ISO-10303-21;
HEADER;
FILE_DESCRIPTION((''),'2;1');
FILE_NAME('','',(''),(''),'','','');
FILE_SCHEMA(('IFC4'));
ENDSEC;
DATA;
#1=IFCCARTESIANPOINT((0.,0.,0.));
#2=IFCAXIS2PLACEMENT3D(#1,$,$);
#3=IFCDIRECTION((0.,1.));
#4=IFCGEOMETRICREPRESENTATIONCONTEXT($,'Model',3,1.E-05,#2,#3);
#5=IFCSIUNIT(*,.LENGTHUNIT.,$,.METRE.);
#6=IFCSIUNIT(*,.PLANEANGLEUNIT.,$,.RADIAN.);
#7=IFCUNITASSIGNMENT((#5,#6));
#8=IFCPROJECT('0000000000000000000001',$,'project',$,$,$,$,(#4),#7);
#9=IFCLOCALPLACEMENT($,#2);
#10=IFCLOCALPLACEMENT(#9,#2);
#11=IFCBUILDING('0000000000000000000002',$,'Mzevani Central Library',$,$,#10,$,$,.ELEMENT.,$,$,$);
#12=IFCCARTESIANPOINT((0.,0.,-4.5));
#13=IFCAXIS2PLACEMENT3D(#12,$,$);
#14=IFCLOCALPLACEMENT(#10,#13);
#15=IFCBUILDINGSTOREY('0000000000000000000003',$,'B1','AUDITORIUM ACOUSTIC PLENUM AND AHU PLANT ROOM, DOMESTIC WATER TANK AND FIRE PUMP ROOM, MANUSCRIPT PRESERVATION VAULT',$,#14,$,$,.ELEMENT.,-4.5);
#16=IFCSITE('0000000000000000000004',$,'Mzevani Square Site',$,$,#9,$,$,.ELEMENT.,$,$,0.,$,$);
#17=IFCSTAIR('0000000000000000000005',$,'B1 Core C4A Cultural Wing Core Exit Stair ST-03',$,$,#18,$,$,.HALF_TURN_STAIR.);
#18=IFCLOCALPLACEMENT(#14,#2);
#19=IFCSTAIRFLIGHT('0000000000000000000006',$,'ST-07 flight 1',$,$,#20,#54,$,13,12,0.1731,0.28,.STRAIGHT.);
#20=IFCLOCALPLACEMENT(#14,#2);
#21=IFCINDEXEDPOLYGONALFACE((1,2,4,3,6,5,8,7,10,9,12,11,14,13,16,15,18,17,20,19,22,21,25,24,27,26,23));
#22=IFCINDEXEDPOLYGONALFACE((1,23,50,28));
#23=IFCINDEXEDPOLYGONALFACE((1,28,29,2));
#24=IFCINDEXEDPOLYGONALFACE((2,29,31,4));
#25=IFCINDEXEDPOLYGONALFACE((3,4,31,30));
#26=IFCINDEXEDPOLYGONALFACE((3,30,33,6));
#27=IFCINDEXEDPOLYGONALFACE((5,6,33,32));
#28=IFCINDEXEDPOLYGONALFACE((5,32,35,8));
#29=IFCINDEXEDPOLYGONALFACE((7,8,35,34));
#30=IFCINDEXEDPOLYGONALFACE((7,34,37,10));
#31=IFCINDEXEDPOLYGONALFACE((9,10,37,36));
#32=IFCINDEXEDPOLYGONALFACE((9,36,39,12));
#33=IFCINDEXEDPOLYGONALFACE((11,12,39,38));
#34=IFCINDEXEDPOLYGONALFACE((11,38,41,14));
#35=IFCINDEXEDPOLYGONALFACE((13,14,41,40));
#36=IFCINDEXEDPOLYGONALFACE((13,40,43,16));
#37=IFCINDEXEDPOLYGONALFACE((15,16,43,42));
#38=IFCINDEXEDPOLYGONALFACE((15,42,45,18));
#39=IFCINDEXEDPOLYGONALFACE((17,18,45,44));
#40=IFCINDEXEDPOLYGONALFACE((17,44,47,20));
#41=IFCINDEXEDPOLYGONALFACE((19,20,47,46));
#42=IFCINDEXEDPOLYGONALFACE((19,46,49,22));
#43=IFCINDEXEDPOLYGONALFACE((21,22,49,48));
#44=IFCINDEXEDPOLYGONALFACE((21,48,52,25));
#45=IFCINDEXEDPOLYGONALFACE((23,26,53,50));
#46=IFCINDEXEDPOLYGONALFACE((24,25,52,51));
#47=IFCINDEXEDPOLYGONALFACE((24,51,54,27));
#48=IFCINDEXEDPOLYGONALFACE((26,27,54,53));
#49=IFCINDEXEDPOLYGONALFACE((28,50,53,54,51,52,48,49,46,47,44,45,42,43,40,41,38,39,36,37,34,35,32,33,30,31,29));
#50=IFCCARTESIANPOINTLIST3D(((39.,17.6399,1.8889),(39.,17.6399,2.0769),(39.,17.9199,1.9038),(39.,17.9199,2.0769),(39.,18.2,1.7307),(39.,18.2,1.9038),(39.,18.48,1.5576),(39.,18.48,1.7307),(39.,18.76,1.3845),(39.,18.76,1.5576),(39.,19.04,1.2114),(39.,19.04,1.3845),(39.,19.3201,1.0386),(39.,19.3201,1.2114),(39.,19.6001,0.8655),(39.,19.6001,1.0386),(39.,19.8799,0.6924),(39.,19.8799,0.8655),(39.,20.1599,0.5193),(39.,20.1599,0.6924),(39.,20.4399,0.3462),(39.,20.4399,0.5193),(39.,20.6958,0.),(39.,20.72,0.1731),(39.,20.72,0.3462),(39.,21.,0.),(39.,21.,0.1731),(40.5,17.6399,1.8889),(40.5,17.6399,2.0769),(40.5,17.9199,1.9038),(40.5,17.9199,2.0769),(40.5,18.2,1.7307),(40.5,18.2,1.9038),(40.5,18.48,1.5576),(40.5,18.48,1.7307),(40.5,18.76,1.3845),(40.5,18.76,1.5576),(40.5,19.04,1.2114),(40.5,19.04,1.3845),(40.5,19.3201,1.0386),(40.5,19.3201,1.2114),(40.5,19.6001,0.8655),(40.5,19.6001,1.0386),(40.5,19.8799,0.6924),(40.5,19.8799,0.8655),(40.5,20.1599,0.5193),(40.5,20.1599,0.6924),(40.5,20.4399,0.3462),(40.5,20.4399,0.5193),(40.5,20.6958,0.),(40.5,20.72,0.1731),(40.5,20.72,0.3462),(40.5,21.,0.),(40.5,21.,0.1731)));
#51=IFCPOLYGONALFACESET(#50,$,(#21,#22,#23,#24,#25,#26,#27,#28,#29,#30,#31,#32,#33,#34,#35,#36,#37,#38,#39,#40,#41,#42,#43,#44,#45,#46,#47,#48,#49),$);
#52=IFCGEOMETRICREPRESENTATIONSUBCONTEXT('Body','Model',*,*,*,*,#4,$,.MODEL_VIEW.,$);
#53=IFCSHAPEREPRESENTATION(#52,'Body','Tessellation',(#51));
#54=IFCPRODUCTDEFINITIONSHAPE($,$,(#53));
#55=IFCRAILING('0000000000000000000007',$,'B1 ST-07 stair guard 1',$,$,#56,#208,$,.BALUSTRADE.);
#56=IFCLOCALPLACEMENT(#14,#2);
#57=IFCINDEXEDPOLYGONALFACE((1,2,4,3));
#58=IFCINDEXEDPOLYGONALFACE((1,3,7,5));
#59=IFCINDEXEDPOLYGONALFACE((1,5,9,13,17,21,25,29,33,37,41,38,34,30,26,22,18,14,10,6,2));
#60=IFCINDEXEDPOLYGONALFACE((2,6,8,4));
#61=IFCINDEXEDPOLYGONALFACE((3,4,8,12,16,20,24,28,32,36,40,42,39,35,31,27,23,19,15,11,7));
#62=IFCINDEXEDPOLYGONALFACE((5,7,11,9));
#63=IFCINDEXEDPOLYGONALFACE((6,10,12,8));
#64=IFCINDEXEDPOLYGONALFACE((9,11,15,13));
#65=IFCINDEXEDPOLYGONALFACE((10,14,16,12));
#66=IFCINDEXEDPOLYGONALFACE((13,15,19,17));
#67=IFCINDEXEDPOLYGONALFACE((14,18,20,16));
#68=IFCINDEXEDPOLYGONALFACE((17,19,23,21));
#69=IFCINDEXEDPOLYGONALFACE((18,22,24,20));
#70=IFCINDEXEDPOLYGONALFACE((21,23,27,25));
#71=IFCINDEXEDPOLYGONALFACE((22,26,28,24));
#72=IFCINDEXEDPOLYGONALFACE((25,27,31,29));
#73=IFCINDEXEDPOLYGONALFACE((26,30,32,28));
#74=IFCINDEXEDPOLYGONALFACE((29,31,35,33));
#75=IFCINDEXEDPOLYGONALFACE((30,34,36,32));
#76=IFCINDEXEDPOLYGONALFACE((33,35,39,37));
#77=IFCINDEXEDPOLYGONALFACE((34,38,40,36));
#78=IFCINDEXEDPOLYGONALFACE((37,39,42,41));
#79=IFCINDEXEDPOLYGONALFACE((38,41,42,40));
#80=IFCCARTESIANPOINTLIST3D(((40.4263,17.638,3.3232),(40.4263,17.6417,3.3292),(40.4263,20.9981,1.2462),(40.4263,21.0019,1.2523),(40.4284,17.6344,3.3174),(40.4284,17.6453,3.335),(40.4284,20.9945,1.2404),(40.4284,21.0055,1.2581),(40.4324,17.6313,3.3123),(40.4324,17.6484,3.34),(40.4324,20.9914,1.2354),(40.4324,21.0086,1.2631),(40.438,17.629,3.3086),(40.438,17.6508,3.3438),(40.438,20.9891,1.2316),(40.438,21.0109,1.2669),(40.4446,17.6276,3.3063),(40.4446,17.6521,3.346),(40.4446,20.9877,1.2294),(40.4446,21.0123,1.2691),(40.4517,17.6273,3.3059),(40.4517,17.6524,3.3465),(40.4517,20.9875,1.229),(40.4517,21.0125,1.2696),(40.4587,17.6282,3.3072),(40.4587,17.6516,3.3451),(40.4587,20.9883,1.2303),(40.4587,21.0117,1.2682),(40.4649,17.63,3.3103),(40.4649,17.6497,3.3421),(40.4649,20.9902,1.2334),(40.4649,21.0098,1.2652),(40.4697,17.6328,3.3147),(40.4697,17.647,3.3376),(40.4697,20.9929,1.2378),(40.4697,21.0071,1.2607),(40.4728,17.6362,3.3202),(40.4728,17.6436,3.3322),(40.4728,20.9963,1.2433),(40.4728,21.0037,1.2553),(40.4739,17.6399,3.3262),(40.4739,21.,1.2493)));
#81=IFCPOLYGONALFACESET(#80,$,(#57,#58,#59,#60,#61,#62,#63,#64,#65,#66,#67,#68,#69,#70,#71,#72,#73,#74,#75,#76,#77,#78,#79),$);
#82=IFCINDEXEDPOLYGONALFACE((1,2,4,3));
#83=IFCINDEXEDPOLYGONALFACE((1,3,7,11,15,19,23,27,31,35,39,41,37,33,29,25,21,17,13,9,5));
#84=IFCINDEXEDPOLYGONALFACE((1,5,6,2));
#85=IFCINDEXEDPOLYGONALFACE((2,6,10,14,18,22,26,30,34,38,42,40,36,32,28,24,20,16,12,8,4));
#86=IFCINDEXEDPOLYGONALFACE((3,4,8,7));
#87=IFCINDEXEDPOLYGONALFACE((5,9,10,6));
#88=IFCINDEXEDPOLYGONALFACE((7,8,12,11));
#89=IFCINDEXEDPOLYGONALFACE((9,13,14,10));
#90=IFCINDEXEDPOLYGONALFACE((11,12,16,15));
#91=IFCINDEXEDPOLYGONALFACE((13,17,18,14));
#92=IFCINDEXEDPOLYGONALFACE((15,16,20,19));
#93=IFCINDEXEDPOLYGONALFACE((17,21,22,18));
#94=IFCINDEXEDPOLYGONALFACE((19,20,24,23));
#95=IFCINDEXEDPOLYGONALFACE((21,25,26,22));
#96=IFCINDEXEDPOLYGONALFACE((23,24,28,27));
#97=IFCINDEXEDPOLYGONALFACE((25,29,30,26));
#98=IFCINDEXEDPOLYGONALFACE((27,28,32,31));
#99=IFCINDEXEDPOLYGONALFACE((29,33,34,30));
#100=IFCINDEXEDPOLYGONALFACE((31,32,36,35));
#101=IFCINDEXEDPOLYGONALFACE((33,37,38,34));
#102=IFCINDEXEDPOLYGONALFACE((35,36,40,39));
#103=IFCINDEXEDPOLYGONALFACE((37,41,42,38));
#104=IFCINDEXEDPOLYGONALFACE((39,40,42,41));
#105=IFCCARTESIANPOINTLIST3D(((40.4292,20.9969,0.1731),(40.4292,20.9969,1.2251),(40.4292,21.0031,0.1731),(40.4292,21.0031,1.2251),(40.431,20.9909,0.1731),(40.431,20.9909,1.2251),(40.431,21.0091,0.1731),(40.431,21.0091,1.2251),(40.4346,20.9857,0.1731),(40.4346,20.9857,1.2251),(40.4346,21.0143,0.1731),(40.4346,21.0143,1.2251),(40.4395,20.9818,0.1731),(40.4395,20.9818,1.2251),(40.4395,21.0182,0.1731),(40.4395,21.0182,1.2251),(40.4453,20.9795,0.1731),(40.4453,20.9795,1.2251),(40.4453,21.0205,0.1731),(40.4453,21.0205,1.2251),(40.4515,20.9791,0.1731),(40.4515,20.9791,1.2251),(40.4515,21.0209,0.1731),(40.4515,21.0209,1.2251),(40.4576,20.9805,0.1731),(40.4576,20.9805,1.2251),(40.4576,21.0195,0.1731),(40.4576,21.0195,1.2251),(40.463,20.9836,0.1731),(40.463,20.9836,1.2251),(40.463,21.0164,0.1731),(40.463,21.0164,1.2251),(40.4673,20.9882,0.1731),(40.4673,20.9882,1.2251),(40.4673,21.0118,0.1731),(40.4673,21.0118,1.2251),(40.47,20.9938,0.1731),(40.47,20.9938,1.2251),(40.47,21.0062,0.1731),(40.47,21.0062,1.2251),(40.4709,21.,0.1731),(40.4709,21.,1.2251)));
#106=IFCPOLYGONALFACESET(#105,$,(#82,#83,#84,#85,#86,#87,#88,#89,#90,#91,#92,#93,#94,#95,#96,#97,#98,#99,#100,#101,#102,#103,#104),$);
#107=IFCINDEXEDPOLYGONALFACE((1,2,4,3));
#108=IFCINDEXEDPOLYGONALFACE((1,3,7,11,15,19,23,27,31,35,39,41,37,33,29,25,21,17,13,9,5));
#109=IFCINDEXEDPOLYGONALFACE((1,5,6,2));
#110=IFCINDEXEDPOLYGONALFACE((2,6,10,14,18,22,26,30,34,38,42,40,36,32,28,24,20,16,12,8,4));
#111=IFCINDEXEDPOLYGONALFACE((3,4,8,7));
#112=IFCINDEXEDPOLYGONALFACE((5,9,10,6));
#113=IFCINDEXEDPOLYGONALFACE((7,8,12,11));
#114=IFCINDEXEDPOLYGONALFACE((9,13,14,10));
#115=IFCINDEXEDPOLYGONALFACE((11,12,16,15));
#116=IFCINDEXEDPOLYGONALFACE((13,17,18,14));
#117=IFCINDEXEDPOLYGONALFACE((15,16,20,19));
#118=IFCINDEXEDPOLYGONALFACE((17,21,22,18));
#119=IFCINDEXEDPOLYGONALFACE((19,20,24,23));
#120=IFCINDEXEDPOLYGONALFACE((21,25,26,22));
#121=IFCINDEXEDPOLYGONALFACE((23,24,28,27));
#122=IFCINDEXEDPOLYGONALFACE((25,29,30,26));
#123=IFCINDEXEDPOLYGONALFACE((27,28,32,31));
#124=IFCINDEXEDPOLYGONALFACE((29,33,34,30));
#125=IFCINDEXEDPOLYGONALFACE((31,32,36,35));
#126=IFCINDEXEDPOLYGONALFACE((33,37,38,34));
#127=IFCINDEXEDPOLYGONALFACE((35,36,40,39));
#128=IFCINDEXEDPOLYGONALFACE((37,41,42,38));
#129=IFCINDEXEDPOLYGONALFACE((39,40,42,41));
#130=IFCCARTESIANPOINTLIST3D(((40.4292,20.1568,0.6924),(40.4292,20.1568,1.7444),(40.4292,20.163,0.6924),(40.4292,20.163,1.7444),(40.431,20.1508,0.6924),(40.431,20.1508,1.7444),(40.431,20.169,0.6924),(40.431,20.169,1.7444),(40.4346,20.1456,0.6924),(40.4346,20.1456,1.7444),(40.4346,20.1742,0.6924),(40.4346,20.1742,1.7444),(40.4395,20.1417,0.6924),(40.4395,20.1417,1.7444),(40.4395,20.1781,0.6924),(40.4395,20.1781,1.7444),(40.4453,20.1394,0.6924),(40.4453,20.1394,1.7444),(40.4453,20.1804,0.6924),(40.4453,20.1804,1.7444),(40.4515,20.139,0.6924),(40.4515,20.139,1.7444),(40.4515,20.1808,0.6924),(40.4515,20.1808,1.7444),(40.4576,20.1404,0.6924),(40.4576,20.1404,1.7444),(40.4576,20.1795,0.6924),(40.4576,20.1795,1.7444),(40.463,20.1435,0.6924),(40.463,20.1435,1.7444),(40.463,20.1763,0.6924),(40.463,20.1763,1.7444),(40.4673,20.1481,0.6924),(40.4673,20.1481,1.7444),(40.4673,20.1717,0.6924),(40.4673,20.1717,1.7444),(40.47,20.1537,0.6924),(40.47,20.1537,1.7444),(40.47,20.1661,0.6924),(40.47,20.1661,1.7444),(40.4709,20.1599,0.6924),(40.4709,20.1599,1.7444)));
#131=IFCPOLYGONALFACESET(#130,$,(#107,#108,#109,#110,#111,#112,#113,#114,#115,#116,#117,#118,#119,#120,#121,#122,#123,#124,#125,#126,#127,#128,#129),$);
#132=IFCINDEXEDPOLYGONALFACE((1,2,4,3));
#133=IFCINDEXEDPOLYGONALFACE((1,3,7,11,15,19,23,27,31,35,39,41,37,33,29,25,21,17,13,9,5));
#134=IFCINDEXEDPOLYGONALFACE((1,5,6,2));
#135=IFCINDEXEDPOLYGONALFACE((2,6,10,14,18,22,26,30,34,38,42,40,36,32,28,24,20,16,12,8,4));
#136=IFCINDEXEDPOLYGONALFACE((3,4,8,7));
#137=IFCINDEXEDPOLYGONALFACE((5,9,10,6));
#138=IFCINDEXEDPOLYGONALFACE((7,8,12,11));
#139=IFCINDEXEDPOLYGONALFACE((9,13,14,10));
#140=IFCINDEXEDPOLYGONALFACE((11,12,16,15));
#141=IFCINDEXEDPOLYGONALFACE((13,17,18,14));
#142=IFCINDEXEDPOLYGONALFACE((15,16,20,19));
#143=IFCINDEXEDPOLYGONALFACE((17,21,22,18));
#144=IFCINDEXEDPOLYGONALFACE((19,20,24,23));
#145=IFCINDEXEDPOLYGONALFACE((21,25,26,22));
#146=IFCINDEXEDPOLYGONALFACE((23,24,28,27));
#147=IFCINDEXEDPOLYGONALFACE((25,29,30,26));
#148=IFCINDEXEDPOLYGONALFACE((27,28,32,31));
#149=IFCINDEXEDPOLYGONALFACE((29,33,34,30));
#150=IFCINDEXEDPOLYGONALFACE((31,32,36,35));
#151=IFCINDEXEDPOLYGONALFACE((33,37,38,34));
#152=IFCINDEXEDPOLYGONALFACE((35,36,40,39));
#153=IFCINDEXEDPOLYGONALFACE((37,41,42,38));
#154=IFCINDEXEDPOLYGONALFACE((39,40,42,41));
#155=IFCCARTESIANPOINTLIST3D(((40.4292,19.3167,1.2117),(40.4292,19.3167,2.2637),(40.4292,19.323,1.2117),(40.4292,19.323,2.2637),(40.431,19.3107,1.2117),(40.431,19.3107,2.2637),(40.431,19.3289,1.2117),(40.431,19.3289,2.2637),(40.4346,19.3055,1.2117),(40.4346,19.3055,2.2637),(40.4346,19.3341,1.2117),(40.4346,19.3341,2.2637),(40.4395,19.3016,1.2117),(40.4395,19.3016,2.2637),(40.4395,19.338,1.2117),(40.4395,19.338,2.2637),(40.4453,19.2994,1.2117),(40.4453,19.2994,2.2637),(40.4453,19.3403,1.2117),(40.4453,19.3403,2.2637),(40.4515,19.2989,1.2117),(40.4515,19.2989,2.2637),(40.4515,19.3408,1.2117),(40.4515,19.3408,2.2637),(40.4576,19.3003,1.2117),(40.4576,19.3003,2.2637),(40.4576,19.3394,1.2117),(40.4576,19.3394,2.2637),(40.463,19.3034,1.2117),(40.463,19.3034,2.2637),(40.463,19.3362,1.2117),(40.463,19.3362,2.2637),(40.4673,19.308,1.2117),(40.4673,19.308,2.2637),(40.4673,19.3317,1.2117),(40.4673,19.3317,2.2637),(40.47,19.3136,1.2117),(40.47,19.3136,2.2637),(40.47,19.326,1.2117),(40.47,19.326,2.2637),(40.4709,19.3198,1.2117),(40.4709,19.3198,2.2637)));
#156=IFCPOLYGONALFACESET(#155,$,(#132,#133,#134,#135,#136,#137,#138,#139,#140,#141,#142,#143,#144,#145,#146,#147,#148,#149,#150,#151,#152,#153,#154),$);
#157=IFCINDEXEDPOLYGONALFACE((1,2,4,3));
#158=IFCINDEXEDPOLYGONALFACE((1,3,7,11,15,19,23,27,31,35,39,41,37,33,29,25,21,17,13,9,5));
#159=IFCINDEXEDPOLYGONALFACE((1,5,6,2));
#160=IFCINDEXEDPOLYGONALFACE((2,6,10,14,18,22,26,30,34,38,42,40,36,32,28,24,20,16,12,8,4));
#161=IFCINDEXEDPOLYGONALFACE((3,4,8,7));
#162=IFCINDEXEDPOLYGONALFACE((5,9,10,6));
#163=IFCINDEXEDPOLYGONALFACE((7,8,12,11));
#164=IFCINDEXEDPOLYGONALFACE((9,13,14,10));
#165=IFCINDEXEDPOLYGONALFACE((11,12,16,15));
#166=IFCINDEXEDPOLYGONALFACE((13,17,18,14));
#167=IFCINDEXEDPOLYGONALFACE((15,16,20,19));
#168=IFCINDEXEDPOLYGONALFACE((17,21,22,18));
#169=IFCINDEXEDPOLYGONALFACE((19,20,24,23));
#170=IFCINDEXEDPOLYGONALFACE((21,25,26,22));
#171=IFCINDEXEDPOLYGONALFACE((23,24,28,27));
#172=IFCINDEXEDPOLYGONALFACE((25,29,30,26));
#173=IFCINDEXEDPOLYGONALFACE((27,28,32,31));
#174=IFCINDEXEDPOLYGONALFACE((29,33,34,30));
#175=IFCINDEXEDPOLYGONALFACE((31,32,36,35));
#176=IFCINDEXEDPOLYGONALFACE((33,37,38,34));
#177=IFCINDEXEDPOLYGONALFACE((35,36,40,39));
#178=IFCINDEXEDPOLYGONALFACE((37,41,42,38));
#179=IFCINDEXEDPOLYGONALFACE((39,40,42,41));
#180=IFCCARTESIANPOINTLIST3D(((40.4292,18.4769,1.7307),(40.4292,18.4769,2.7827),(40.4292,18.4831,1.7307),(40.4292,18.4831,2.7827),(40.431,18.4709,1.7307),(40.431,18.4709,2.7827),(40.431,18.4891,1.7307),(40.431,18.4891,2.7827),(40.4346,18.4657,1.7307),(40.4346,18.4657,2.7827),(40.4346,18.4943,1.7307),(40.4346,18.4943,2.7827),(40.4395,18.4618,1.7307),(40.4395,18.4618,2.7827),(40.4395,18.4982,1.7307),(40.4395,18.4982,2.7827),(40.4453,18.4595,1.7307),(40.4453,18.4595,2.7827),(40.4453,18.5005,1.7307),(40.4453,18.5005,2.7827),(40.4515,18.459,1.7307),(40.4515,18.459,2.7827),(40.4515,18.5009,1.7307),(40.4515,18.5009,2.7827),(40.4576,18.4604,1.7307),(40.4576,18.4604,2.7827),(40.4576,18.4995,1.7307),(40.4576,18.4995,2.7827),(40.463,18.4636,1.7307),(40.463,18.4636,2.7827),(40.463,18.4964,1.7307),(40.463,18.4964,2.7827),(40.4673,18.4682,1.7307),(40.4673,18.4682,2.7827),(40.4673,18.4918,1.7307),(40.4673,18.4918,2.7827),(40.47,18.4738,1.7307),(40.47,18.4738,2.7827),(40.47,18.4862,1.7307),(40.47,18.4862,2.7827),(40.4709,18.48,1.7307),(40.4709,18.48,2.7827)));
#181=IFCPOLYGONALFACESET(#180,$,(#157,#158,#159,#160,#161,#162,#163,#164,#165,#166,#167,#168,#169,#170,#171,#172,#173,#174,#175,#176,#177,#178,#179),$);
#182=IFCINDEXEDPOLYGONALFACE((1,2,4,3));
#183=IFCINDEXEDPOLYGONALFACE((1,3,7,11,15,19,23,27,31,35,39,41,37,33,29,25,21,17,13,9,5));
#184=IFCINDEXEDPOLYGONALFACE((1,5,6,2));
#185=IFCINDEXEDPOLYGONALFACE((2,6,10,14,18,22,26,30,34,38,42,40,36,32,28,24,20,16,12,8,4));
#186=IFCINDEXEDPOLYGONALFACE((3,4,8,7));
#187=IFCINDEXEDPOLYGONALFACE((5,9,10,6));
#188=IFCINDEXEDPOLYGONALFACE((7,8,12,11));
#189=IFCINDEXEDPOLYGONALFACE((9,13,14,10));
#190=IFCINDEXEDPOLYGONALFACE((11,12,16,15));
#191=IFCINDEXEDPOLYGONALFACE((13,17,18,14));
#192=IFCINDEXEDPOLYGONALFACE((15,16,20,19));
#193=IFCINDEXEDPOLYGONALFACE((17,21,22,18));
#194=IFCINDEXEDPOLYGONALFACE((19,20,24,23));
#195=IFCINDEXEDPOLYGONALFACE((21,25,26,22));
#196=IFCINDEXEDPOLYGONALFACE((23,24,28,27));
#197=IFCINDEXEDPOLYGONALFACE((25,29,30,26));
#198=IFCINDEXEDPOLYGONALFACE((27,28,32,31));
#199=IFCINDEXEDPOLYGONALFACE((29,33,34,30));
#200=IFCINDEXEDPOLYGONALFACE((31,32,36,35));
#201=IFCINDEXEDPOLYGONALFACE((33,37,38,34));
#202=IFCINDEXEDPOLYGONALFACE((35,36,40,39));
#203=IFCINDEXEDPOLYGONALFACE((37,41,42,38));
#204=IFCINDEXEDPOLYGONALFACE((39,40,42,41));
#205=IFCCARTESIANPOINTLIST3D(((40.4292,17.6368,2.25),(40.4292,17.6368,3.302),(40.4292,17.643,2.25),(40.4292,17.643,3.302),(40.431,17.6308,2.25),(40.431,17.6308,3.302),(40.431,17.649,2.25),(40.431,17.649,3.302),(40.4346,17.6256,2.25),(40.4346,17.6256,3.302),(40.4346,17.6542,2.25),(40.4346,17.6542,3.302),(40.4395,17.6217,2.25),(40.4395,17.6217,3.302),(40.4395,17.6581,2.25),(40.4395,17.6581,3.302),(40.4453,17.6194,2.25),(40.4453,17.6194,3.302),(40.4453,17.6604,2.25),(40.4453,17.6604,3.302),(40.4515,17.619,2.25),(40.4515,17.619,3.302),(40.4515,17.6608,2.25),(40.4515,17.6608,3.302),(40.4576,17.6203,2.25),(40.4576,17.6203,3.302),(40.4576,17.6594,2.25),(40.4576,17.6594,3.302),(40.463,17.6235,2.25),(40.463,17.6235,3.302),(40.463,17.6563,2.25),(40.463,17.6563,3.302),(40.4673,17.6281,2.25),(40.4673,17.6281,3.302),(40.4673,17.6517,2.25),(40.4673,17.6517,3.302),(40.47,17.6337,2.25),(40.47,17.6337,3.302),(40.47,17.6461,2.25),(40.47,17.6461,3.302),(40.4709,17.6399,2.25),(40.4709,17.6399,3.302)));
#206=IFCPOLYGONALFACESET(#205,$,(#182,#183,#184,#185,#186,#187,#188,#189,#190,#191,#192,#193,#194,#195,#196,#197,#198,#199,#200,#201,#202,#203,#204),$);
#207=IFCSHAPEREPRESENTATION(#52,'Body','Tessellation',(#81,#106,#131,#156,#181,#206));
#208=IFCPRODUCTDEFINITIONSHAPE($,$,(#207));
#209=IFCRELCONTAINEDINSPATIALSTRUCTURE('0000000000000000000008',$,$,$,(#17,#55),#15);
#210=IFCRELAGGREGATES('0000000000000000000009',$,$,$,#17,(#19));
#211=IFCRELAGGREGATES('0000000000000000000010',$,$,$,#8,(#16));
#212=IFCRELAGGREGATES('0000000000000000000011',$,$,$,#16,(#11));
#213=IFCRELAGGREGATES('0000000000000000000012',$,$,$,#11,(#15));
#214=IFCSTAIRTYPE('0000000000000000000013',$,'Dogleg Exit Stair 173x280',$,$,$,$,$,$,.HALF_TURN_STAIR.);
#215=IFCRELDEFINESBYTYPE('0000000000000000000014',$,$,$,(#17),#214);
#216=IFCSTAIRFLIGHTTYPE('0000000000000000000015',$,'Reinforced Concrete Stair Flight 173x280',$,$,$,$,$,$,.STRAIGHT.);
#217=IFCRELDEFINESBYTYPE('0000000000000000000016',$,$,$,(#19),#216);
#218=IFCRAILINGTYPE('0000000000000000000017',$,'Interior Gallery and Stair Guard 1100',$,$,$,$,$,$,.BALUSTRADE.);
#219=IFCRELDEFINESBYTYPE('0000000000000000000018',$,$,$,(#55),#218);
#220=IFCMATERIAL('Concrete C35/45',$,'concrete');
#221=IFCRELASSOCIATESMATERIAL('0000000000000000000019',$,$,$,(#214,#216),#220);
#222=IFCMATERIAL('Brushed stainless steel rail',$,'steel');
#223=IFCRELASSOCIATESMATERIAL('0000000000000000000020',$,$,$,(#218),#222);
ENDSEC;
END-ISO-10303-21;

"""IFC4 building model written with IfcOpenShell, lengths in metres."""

from ifc_helpers import new_model, si_unit, direction, frame, origin, origin_2d, place, context, subcontext, project, spatial, polyline, circle, outline, extrude, material, type_object, element, aggregate, save


model = new_model("IFC4")

# Units and contexts
model_context = context("Model", 3, precision=1e-05, world=origin(), true_north=direction((0.0, 1.0)))
body_context = subcontext(model_context, "Body", "Model", "MODEL_VIEW")
ifc_project = project(units=[si_unit("LENGTHUNIT", "METRE"), si_unit("PLANEANGLEUNIT", "RADIAN")], contexts=[model_context])

# Site, building, storey
site_placement = place(None, origin())
site = spatial("IfcSite", under=ifc_project, at=site_placement, Name="Mzevani Square Site", CompositionType="ELEMENT", RefElevation=0.0)
building_placement = place(site_placement, origin())
building = spatial("IfcBuilding", under=site, at=building_placement, Name="Mzevani Central Library", CompositionType="ELEMENT")
storey_placement = place(building_placement, frame((0.0, 0.0, -4.5)))
storey = spatial("IfcBuildingStorey", under=building, at=storey_placement, Name="B1", Description="AUDITORIUM ACOUSTIC PLENUM AND AHU PLANT ROOM, DOMESTIC WATER TANK AND FIRE PUMP ROOM, MANUSCRIPT PRESERVATION VAULT", CompositionType="ELEMENT", Elevation=-4.5)

# Shared definitions
ifc_material_1 = material(Name="Concrete C35/45", Category="concrete")

# Stair, stair flight
stair_type = type_object("IfcStairType", Name="Dogleg Exit Stair 173x280", PredefinedType="HALF_TURN_STAIR", material=ifc_material_1)
stair_placement = place(storey_placement, origin())
stair = element("IfcStair", 1, at=stair_placement, inside=storey, type_object=stair_type, Name="B1 Core C4A Cultural Wing Core Exit Stair ST-03", PredefinedType="HALF_TURN_STAIR")
stair_flight_type = type_object("IfcStairFlightType", Name="Reinforced Concrete Stair Flight 173x280", PredefinedType="STRAIGHT", material=ifc_material_1)
stair_flight_placement = place(storey_placement, frame((39.75, 21.0, 0.0), z_axis=(0.0, 0.0, 1.0), x_axis=(0.0, -1.0, 0.0)))
stair_flight = element("IfcStairFlight", 2, at=stair_flight_placement, type_object=stair_flight_type, Name="ST-07 flight 1", NumberOfRisers=13, NumberOfTreads=12, PredefinedType="STRAIGHT", RiserHeight=0.1731, TreadLength=0.28, context=body_context, shape_type="SweptSolid", body=[
    extrude(outline(polyline([(0.0, 0.0), (0.0, 0.1731), (0.28, 0.1731), (0.28, 0.3462), (0.5601, 0.3462), (0.5601, 0.5193), (0.8401, 0.5193), (0.8401, 0.6924), (1.1201, 0.6924), (1.1201, 0.8655), (1.3999, 0.8655), (1.3999, 1.0386), (1.6799, 1.0386), (1.6799, 1.2114), (1.96, 1.2114), (1.96, 1.3845), (2.24, 1.3845), (2.24, 1.5576), (2.52, 1.5576), (2.52, 1.7307), (2.8, 1.7307), (2.8, 1.9038), (3.0801, 1.9038), (3.0801, 2.0769), (3.3601, 2.0769), (3.3601, 2.25), (3.3601, 1.8889), (0.3042, 0.0), (0.0, 0.0)])), frame((0.0, 0.75, 0.0), z_axis=(0.0, -1.0, 0.0), x_axis=(1.0, 0.0, 0.0)), (0.0, 0.0, 1.0), 1.5),
])
aggregate(stair, [stair_flight])

# Railing
ifc_material_2 = material(Name="Brushed stainless steel rail", Category="steel")
railing_type_1 = type_object("IfcRailingType", Name="Interior Gallery and Stair Guard 1100", PredefinedType="BALUSTRADE", material=ifc_material_2)
railing_1_placement = place(storey_placement, frame((40.45, 21.0, 0.1731)))
element("IfcRailing", 3, at=railing_1_placement, inside=storey, type_object=railing_type_1, Name="B1 ST-07 stair guard 1", PredefinedType="BALUSTRADE", context=body_context, shape_type="SweptSolid", body=[
    extrude(circle(Radius=0.0239, at=origin_2d()), frame((0.0, 0.0, 1.0762), z_axis=(0.0, -0.850623, 0.525776), x_axis=(1.0, 0.0, 0.0)), (0.0, 0.0, 1.0), 3.9502),
    extrude(circle(Radius=0.021, at=origin_2d()), origin(), (0.0, 0.0, 1.0), 1.052),
    extrude(circle(Radius=0.021, at=origin_2d()), frame((0.0, -0.8401, 0.5193)), (0.0, 0.0, 1.0), 1.052),
    extrude(circle(Radius=0.021, at=origin_2d()), frame((0.0, -1.6802, 1.0386)), (0.0, 0.0, 1.0), 1.052),
    extrude(circle(Radius=0.021, at=origin_2d()), frame((0.0, -2.52, 1.5576)), (0.0, 0.0, 1.0), 1.052),
    extrude(circle(Radius=0.021, at=origin_2d()), frame((0.0, -3.3601, 2.0769)), (0.0, 0.0, 1.0), 1.052),
])

save(model, "model.ifc")
